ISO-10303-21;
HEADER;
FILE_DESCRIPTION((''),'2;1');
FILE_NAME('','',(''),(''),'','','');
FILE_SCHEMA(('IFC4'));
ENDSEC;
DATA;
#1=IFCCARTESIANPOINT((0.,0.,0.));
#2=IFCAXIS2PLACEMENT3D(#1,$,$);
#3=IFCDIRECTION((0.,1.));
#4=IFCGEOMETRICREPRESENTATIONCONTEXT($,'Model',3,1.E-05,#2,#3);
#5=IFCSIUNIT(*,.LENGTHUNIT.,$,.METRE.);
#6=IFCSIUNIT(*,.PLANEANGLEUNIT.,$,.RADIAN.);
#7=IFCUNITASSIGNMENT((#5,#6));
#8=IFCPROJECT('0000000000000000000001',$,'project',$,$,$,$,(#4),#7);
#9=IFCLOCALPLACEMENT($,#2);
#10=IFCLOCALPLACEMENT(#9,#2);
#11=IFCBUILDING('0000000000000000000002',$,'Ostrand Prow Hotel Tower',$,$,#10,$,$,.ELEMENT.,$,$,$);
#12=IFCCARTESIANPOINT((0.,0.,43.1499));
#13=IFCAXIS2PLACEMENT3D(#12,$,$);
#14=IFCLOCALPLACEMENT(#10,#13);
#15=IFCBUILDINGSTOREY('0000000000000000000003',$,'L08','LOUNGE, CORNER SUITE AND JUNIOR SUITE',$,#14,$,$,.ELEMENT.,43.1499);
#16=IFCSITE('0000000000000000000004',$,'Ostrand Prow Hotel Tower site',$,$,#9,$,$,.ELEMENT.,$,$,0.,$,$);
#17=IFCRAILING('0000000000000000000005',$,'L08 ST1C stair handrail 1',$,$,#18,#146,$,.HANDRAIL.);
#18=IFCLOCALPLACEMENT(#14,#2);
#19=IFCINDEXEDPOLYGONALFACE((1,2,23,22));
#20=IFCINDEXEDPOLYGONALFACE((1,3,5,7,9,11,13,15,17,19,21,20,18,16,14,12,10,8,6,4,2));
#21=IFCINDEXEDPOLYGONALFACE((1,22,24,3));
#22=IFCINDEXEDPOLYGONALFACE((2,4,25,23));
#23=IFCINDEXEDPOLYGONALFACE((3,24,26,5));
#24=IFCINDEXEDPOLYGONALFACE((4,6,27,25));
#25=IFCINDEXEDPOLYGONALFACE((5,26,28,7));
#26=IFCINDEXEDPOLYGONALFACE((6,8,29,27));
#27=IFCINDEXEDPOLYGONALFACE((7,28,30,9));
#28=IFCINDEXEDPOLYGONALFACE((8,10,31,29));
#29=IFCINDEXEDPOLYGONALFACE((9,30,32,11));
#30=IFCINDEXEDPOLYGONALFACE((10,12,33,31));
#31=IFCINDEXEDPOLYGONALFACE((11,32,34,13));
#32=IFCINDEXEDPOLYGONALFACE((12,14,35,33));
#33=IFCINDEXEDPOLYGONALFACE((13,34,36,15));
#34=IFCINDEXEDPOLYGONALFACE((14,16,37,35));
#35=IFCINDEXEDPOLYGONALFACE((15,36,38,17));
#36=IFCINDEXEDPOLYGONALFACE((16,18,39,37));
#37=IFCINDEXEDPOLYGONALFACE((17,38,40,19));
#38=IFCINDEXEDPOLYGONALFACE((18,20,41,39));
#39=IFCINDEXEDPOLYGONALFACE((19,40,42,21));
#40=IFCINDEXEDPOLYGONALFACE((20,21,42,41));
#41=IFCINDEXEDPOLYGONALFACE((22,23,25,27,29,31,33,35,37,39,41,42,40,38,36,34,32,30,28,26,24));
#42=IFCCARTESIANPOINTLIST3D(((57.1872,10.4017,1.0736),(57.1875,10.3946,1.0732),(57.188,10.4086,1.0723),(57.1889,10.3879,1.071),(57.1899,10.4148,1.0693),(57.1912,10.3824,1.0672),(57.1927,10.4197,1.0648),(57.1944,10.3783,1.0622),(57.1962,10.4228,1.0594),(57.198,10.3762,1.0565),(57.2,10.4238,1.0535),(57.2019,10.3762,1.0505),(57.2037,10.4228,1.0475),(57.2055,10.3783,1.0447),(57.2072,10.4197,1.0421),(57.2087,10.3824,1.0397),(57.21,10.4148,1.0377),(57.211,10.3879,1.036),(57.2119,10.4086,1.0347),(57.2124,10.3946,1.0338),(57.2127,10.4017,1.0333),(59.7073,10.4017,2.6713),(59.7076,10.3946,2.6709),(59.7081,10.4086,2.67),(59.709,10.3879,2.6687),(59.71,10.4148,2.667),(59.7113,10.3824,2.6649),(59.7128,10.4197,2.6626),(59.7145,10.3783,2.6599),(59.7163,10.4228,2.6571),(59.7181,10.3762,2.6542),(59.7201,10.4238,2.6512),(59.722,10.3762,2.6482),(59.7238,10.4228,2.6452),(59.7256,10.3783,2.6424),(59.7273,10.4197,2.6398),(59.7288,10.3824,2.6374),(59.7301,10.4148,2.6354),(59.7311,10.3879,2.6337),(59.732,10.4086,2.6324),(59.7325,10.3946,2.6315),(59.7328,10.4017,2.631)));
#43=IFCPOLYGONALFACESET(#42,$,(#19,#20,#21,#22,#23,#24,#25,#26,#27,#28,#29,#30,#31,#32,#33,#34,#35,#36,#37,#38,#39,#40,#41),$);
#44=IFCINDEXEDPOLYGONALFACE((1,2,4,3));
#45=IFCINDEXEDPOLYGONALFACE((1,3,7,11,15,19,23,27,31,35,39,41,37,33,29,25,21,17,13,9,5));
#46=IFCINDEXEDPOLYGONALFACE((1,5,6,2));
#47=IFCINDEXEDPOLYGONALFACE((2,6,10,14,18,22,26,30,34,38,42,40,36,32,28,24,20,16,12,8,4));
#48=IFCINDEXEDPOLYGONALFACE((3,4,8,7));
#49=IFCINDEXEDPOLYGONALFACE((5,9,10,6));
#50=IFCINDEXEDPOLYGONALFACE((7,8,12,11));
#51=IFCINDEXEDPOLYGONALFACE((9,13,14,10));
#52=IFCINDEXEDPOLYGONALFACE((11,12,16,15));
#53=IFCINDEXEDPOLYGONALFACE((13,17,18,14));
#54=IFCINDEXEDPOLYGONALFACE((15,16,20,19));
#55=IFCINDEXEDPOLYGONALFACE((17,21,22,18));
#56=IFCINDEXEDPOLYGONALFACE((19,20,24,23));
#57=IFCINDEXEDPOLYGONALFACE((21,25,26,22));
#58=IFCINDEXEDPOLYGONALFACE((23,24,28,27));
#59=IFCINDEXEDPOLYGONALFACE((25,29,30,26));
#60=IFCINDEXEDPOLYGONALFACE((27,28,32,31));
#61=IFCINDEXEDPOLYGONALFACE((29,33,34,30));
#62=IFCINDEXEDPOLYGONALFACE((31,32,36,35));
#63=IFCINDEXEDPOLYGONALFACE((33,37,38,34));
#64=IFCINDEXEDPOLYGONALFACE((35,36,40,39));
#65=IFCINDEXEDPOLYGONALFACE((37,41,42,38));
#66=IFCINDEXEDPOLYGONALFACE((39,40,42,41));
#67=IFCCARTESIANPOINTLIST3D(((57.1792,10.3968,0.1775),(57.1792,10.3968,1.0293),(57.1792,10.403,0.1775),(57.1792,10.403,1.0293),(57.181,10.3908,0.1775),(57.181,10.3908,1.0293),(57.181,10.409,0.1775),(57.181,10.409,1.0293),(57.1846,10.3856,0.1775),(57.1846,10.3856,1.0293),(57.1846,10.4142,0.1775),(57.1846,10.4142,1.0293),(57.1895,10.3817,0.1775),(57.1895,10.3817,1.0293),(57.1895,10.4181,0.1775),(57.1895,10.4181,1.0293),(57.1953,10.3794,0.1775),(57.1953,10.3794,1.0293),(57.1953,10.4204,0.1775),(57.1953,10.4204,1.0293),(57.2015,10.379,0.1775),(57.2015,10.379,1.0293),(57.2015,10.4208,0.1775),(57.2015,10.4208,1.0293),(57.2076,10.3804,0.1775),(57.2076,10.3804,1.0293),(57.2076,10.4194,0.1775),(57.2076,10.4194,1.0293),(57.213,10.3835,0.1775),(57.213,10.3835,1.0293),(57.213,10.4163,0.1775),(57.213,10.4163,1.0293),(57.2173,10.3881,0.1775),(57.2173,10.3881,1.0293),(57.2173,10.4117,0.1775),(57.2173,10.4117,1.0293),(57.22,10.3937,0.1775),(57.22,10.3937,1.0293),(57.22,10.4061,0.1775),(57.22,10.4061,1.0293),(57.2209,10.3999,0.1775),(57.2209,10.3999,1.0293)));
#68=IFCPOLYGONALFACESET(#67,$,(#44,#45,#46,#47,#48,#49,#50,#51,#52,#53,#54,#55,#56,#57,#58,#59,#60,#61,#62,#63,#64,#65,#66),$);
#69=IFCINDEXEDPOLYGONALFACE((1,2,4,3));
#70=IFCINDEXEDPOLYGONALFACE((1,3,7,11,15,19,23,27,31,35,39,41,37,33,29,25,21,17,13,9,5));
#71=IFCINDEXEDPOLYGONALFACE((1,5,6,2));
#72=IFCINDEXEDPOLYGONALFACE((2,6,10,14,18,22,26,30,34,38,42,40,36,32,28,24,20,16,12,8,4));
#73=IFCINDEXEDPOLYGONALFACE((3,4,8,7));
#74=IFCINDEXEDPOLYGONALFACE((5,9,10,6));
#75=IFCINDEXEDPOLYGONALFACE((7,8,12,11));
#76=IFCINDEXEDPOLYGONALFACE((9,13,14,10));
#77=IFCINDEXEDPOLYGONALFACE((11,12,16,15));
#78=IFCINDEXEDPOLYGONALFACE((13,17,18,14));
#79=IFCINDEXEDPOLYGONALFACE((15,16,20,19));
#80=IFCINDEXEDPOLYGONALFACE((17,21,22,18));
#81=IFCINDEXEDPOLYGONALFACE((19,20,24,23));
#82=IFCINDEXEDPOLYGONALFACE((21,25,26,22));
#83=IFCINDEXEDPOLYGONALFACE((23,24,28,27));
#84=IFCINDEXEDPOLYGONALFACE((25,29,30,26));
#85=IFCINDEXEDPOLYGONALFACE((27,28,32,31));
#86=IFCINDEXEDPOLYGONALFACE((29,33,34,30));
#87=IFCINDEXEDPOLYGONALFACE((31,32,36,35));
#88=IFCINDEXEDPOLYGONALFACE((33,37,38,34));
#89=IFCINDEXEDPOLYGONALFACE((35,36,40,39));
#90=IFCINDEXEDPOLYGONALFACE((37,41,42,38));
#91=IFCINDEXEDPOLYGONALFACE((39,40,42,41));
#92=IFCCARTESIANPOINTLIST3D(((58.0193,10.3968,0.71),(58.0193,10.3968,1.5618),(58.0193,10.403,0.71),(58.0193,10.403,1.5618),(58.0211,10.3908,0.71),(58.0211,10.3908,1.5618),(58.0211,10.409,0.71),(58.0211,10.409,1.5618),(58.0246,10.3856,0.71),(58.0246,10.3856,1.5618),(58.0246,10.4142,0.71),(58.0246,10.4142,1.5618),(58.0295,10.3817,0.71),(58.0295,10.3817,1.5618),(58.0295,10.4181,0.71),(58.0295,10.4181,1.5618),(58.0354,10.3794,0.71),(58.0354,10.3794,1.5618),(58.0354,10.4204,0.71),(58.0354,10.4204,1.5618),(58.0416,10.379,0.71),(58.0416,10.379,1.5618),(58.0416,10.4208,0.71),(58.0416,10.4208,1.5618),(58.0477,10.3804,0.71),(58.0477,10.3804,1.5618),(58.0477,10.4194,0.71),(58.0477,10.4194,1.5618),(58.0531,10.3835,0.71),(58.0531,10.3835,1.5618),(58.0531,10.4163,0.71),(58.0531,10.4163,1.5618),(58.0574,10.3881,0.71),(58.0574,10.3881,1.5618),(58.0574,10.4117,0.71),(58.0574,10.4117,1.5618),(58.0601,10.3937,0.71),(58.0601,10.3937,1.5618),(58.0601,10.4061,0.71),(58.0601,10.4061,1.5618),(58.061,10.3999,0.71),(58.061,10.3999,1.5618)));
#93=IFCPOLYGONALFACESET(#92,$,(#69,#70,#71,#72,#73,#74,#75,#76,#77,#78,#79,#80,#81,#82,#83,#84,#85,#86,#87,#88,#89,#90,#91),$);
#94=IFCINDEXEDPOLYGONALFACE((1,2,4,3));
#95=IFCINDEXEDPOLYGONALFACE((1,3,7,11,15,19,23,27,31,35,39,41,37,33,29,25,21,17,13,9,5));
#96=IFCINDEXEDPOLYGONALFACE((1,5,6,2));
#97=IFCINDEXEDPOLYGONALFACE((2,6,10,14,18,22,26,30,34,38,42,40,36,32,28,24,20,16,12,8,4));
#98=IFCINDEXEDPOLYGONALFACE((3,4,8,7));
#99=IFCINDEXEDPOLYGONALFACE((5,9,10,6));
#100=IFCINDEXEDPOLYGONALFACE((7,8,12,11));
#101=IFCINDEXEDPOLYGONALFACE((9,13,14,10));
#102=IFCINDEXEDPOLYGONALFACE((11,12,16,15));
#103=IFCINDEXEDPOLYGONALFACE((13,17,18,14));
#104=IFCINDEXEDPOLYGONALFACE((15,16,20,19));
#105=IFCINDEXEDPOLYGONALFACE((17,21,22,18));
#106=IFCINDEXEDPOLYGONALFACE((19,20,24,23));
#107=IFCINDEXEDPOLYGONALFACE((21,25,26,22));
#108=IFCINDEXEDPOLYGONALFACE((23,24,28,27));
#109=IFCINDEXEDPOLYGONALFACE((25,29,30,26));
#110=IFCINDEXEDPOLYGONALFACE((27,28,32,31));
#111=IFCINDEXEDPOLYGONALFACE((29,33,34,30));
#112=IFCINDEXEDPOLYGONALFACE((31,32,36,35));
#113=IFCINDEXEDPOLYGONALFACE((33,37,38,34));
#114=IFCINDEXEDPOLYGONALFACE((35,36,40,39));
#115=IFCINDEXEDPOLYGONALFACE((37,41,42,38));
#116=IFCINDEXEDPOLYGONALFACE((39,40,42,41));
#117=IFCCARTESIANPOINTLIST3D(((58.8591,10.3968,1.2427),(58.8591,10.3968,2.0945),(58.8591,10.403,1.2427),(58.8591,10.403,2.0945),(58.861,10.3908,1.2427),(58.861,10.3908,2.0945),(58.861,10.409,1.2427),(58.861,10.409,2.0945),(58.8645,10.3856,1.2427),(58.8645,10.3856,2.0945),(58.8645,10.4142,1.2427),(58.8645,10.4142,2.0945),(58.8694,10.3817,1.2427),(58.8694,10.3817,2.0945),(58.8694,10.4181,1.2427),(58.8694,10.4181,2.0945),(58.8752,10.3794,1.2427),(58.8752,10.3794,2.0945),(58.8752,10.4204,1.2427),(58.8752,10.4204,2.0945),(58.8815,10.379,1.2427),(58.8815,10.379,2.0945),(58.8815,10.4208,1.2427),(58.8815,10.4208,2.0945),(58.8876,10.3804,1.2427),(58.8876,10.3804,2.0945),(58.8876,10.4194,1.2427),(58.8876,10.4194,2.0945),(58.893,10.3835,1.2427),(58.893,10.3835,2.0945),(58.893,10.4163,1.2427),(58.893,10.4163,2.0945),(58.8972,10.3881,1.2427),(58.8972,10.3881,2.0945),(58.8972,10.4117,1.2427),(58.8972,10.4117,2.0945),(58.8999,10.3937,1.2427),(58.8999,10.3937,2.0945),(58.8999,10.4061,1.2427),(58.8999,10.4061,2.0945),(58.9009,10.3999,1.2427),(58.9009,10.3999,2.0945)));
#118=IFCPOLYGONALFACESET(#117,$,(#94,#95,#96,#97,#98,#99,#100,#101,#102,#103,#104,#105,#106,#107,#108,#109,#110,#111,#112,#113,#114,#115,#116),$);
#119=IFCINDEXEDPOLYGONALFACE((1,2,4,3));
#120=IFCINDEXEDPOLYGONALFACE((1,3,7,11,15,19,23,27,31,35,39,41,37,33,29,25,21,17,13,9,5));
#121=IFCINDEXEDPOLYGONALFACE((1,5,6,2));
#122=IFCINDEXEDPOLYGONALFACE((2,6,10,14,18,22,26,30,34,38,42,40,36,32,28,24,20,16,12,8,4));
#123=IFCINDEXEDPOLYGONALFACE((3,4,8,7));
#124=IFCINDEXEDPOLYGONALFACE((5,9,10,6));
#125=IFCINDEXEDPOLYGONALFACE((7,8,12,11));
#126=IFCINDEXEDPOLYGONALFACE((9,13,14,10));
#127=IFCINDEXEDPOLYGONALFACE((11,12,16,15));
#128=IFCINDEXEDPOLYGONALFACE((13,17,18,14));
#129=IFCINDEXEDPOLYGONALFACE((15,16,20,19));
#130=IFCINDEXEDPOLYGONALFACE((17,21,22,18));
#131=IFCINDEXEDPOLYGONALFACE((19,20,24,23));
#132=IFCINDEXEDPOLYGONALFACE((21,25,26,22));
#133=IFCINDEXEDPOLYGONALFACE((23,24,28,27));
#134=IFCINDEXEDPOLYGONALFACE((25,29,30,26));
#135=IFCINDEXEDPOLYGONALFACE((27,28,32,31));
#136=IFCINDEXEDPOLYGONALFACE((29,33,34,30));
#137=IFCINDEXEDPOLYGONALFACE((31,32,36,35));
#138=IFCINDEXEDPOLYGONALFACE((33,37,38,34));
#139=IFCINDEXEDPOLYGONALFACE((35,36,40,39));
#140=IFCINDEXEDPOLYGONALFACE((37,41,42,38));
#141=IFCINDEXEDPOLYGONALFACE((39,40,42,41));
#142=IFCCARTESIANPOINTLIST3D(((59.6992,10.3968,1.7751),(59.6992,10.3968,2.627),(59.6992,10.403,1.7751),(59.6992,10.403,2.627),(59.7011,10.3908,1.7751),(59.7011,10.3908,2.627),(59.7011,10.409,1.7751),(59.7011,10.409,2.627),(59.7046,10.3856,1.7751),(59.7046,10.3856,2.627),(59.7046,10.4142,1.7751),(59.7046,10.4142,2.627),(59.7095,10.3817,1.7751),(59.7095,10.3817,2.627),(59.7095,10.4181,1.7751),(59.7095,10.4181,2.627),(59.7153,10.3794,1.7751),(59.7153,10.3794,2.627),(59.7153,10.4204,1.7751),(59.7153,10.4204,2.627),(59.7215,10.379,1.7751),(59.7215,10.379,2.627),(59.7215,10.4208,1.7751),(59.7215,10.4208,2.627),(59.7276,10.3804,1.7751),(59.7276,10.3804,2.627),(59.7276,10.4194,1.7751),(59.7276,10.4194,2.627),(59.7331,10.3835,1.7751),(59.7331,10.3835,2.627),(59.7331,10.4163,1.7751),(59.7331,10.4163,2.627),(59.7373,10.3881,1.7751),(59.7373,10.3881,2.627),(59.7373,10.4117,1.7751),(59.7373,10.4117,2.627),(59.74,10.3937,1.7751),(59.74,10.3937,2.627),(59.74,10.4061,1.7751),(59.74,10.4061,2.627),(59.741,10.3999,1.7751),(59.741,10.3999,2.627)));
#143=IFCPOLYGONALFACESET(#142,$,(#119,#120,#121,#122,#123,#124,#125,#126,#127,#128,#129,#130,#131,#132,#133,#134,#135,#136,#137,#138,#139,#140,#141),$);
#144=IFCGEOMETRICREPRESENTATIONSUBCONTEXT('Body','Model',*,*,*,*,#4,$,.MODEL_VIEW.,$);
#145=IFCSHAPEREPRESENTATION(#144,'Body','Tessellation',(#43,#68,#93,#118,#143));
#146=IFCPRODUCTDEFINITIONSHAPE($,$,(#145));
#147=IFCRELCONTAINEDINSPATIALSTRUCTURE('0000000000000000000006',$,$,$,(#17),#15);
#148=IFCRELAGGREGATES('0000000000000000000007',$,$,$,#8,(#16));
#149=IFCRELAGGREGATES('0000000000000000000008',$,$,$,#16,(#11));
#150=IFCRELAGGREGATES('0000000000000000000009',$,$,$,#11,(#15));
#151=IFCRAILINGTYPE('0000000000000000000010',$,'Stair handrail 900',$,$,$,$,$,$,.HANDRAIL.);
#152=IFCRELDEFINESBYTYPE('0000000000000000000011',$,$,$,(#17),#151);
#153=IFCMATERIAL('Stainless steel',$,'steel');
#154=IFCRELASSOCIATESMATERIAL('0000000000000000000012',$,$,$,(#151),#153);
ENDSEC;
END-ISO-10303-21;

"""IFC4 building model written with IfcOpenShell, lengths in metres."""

from ifc_helpers import new_model, si_unit, direction, frame, origin, origin_2d, place, context, subcontext, project, spatial, circle, extrude, material, type_object, element, save


model = new_model("IFC4")

# Units and contexts
model_context = context("Model", 3, precision=1e-05, world=origin(), true_north=direction((0.0, 1.0)))
body_context = subcontext(model_context, "Body", "Model", "MODEL_VIEW")
ifc_project = project(units=[si_unit("LENGTHUNIT", "METRE"), si_unit("PLANEANGLEUNIT", "RADIAN")], contexts=[model_context])

# Site, building, storey
site_placement = place(None, origin())
site = spatial("IfcSite", under=ifc_project, at=site_placement, Name="Ostrand Prow Hotel Tower site", CompositionType="ELEMENT", RefElevation=0.0)
building_placement = place(site_placement, origin())
building = spatial("IfcBuilding", under=site, at=building_placement, Name="Ostrand Prow Hotel Tower", CompositionType="ELEMENT")
storey_placement = place(building_placement, frame((0.0, 0.0, 43.1499)))
storey = spatial("IfcBuildingStorey", under=building, at=storey_placement, Name="L08", Description="LOUNGE, CORNER SUITE AND JUNIOR SUITE", CompositionType="ELEMENT", Elevation=43.1499)

# Railing
ifc_material_1 = material(Name="Stainless steel", Category="steel")
railing_type_1 = type_object("IfcRailingType", Name="Stair handrail 900", PredefinedType="HANDRAIL", material=ifc_material_1)
railing_1_placement = place(storey_placement, frame((57.2, 10.3999, 0.1775)))
element("IfcRailing", 1, at=railing_1_placement, inside=storey, type_object=railing_type_1, Name="L08 ST1C stair handrail 1", PredefinedType="HANDRAIL", context=body_context, shape_type="SweptSolid", body=[
    extrude(circle(Radius=0.0239, at=origin_2d()), frame((0.0, 0.0, 0.876), z_axis=(0.84457, 0.0, 0.535445), x_axis=(0.0, 1.0, 0.0)), (0.0, 0.0, 1.0), 2.9839),
    extrude(circle(Radius=0.021, at=origin_2d()), origin(), (0.0, 0.0, 1.0), 0.8518),
    extrude(circle(Radius=0.021, at=origin_2d()), frame((0.8401, 0.0, 0.5325)), (0.0, 0.0, 1.0), 0.8518),
    extrude(circle(Radius=0.021, at=origin_2d()), frame((1.6799, 0.0, 1.0652)), (0.0, 0.0, 1.0), 0.8518),
    extrude(circle(Radius=0.021, at=origin_2d()), frame((2.52, 0.0, 1.5977)), (0.0, 0.0, 1.0), 0.8518),
])

save(model, "model.ifc")
